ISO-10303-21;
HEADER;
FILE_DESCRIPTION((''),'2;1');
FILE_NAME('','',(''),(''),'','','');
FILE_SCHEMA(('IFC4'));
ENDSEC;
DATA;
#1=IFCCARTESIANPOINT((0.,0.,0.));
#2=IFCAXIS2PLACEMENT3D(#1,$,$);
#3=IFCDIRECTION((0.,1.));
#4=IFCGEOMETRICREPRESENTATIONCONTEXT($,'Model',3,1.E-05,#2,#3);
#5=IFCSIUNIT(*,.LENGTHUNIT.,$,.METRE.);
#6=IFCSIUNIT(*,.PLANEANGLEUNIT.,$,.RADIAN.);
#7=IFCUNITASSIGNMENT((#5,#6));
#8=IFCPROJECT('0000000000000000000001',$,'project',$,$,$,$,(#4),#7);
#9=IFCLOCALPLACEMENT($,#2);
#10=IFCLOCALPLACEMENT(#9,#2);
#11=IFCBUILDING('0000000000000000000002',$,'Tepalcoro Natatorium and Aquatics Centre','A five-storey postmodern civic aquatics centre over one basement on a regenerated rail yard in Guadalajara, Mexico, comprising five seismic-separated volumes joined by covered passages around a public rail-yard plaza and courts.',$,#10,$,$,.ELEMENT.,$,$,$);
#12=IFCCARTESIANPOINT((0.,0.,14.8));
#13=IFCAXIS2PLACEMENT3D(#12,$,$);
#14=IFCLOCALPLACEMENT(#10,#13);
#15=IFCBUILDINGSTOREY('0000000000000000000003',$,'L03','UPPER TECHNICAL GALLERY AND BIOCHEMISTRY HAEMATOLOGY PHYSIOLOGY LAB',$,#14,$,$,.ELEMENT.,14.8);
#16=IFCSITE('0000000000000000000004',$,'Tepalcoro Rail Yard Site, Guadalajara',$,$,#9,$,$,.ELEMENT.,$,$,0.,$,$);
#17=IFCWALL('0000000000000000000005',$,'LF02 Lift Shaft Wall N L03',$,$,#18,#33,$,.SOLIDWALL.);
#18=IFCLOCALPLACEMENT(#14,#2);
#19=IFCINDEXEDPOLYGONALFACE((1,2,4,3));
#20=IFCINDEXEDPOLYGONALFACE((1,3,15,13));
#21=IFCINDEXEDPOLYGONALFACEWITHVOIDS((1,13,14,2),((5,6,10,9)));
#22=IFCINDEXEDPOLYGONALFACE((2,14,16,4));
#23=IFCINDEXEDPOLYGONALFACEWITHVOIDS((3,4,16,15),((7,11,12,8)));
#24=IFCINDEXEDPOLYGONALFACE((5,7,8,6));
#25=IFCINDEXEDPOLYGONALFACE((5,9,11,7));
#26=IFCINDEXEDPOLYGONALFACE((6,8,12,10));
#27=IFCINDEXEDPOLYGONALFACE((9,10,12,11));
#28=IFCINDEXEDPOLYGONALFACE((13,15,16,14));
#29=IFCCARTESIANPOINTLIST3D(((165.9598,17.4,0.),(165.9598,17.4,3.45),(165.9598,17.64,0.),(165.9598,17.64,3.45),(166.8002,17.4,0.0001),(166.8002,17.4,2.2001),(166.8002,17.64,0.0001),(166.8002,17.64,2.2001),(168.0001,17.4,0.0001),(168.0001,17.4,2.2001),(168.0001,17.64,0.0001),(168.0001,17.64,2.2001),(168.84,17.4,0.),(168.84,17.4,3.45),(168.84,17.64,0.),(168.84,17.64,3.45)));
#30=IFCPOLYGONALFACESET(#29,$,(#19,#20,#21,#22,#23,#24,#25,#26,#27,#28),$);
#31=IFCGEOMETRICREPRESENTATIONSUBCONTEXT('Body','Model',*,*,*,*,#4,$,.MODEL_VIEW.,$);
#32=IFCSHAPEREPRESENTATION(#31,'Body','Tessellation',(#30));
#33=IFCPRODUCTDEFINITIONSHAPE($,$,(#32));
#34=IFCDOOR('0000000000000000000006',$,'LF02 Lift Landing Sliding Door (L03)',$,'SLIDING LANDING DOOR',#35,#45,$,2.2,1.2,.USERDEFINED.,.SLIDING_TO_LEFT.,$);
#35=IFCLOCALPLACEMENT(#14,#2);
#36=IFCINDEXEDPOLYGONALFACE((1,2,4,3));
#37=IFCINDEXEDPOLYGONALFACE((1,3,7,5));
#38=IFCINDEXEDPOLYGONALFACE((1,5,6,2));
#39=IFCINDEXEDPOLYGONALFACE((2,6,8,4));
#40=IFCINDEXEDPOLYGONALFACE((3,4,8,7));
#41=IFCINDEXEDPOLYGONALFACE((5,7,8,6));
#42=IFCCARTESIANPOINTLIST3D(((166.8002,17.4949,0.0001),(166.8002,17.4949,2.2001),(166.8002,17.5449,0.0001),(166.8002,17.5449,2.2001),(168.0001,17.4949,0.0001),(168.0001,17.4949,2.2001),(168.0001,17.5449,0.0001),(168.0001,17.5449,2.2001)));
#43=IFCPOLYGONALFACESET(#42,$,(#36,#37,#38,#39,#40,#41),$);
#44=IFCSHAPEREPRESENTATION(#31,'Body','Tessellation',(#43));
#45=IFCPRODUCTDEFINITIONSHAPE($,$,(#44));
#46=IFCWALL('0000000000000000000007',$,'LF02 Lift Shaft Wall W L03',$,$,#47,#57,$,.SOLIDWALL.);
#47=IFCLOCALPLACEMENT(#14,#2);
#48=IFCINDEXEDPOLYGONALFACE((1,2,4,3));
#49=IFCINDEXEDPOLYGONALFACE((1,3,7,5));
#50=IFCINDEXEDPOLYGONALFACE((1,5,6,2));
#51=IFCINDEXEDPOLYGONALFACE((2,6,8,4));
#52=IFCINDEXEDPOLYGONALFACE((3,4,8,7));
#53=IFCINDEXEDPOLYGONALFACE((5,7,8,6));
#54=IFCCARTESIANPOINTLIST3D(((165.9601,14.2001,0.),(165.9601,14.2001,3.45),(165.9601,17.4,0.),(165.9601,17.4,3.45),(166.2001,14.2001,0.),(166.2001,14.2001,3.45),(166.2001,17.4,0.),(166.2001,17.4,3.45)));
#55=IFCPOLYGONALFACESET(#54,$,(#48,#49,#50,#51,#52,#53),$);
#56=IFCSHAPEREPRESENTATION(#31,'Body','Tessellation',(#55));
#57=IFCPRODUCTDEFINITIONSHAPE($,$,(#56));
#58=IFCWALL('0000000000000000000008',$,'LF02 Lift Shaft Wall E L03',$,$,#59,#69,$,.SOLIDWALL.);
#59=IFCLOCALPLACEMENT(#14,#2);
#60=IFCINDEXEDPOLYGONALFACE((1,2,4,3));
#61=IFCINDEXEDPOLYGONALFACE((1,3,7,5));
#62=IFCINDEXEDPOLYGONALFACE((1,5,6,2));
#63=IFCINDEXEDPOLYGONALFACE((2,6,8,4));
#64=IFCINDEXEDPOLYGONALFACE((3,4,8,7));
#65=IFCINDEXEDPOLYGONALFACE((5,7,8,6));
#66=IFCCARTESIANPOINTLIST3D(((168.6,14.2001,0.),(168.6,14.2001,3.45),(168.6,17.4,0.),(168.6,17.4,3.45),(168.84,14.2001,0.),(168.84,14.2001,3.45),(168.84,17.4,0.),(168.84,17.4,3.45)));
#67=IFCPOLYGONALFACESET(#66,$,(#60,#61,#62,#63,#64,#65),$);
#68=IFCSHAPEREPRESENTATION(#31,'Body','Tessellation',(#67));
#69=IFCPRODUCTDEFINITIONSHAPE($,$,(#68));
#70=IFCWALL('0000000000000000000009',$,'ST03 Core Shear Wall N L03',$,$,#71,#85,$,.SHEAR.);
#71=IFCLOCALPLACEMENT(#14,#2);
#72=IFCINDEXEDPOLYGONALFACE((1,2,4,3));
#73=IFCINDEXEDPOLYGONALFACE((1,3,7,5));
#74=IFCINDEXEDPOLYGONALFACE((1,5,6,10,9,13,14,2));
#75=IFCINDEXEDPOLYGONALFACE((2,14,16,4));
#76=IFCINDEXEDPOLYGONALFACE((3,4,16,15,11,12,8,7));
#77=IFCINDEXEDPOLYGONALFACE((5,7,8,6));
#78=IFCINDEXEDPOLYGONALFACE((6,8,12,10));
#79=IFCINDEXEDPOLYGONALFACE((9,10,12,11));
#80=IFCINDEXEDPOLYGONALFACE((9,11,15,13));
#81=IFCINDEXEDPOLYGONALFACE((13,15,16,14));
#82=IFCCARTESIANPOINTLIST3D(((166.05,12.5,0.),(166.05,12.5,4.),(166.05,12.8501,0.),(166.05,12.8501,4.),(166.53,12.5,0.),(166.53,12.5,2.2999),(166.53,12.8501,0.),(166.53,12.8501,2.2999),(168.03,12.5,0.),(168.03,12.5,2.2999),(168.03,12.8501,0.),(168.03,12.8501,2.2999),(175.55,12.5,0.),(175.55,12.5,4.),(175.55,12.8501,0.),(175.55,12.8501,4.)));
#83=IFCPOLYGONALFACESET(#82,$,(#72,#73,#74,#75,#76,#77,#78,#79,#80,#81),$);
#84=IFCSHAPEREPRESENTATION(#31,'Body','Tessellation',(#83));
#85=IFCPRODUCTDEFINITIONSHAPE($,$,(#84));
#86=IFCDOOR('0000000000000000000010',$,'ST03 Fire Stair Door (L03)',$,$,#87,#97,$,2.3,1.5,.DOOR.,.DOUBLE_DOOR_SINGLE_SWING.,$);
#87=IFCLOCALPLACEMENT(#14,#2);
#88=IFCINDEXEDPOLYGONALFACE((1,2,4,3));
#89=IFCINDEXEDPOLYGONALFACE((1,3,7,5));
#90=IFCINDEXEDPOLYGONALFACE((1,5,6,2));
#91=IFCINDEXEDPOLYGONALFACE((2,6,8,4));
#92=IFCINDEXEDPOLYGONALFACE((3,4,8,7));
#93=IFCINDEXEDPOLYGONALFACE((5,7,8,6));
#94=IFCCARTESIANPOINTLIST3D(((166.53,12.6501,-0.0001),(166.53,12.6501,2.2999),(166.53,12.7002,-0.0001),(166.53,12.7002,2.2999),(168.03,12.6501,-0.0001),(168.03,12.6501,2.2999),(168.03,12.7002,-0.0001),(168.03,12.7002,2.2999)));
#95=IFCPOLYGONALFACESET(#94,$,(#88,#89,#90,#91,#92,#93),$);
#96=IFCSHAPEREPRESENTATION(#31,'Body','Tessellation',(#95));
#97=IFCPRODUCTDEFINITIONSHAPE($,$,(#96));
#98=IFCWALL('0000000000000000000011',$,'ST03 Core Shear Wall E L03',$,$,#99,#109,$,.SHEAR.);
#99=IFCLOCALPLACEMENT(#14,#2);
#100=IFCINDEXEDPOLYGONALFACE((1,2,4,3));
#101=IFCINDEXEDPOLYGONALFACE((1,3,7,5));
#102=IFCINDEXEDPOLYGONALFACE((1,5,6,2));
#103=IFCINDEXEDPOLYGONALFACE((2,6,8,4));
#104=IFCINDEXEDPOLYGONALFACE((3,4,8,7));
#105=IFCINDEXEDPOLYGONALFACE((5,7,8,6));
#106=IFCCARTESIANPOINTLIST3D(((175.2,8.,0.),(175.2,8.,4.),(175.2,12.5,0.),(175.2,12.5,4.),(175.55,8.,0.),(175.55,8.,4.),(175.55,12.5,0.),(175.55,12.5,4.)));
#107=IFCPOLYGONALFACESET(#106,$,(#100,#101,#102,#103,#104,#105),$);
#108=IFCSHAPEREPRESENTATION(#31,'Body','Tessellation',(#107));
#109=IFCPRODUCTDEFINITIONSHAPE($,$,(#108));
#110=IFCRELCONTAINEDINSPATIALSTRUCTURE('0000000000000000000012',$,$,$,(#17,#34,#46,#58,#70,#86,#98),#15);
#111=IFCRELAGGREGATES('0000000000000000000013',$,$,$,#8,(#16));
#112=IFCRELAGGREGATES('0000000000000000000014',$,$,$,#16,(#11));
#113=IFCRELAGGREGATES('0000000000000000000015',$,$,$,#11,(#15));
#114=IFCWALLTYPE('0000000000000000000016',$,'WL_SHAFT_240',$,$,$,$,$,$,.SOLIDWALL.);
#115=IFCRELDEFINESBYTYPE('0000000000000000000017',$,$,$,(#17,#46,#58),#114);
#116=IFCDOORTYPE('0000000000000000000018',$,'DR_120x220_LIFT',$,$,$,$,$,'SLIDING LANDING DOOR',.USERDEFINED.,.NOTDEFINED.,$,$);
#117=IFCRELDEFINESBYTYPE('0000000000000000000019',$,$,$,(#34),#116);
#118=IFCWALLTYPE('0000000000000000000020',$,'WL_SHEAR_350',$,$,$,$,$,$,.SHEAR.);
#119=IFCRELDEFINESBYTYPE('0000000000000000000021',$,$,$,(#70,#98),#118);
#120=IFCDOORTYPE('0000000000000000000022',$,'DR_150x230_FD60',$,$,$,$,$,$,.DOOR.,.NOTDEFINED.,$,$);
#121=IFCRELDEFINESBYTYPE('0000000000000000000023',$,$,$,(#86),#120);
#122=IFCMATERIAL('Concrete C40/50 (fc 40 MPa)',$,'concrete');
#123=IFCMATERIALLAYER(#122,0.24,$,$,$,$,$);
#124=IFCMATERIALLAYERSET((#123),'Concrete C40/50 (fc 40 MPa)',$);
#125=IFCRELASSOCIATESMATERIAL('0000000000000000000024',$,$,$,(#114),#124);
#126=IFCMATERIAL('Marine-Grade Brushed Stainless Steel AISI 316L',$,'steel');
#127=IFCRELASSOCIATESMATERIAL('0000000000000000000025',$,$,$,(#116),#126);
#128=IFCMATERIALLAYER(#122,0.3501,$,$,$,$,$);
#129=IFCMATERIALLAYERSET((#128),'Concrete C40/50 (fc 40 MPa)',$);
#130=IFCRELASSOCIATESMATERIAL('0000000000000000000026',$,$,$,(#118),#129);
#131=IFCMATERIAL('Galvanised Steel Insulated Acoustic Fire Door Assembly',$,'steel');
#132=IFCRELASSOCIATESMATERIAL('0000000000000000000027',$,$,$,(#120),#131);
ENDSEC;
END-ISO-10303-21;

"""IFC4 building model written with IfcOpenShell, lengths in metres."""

from ifc_helpers import new_model, si_unit, direction, frame, frame_2d, origin, place, context, subcontext, project, spatial, rectangle, extrude, material, layer, layer_set, type_object, element, fill, save


model = new_model("IFC4")

# Units and contexts
model_context = context("Model", 3, precision=1e-05, world=origin(), true_north=direction((0.0, 1.0)))
body_context = subcontext(model_context, "Body", "Model", "MODEL_VIEW")
ifc_project = project(units=[si_unit("LENGTHUNIT", "METRE"), si_unit("PLANEANGLEUNIT", "RADIAN")], contexts=[model_context])

# Site, building, storey
site_placement = place(None, origin())
site = spatial("IfcSite", under=ifc_project, at=site_placement, Name="Tepalcoro Rail Yard Site, Guadalajara", CompositionType="ELEMENT", RefElevation=0.0)
building_placement = place(site_placement, origin())
building = spatial("IfcBuilding", under=site, at=building_placement, Name="Tepalcoro Natatorium and Aquatics Centre", Description="A five-storey postmodern civic aquatics centre over one basement on a regenerated rail yard in Guadalajara, Mexico, comprising five seismic-separated volumes joined by covered passages around a public rail-yard plaza and courts.", CompositionType="ELEMENT")
storey_placement = place(building_placement, frame((0.0, 0.0, 14.8)))
storey = spatial("IfcBuildingStorey", under=building, at=storey_placement, Name="L03", Description="UPPER TECHNICAL GALLERY AND BIOCHEMISTRY HAEMATOLOGY PHYSIOLOGY LAB", CompositionType="ELEMENT", Elevation=14.8)

# Shared definitions
ifc_material_1 = material(Name="Concrete C40/50 (fc 40 MPa)", Category="concrete")
ifc_layer_1 = layer(ifc_material_1, 0.24)
ifc_layer_set_1 = layer_set([ifc_layer_1], Name="Concrete C40/50 (fc 40 MPa)")
wall_type_1 = type_object("IfcWallType", Name="WL_SHAFT_240", PredefinedType="SOLIDWALL", material=ifc_layer_set_1)

# Wall, opening, door
wall_1_placement = place(storey_placement, frame((165.96, 17.52, 0.0), z_axis=(0.0, 0.0, 1.0), x_axis=(1.0, 0.0, 0.0)))
wall_1 = element("IfcWall", 1, at=wall_1_placement, inside=storey, type_object=wall_type_1, Name="LF02 Lift Shaft Wall N L03", PredefinedType="SOLIDWALL", context=body_context, shape_type="SweptSolid", body=[
    extrude(rectangle(XDim=2.8801, YDim=0.24, at=frame_2d((1.4399, 0.0))), origin(), (0.0, 0.0, 1.0), 3.45),
])
opening_1_placement = place(wall_1_placement, frame((0.8401, 0.0, 0.0)))
opening_1 = element("IfcOpeningElement", 2, at=opening_1_placement, cuts=wall_1, PredefinedType="OPENING", context=body_context, shape_type="SweptSolid", body=[
    extrude(rectangle(XDim=1.2, YDim=2.2, at=frame_2d((0.6001, 1.1001))), frame((0.0, 0.1318, 0.0), z_axis=(0.0, -1.0, 0.0), x_axis=(1.0, 0.0, 0.0)), (0.0, 0.0, 1.0), 0.2639),
])
ifc_material_2 = material(Name="Marine-Grade Brushed Stainless Steel AISI 316L", Category="steel")
door_type_1 = type_object("IfcDoorType", Name="DR_120x220_LIFT", ElementType="SLIDING LANDING DOOR", OperationType="NOTDEFINED", PredefinedType="USERDEFINED", material=ifc_material_2)
door_1_placement = place(opening_1_placement, origin())
door_1 = element("IfcDoor", 3, at=door_1_placement, inside=storey, type_object=door_type_1, Name="LF02 Lift Landing Sliding Door (L03)", ObjectType="SLIDING LANDING DOOR", OperationType="SLIDING_TO_LEFT", OverallHeight=2.2, OverallWidth=1.2, PredefinedType="USERDEFINED", context=body_context, shape_type="SweptSolid", body=[
    extrude(rectangle(XDim=1.2, YDim=2.2, at=frame_2d((0.6001, 1.1001))), frame((0.0, 0.0249, 0.0), z_axis=(0.0, -1.0, 0.0), x_axis=(1.0, 0.0, 0.0)), (0.0, 0.0, 1.0), 0.05),
])
fill(opening_1, door_1)

# Walls
for number, where, z_axis, x_axis, name in (
    (4, (166.0801, 14.2, 0.0), (0.0, 0.0, 1.0), (0.0, 1.0, 0.0), "LF02 Lift Shaft Wall W L03"),
    (5, (168.72, 14.2, 0.0), (0.0, 0.0, 1.0), (0.0, 1.0, 0.0), "LF02 Lift Shaft Wall E L03"),
):
    element("IfcWall", number, at=place(storey_placement, frame(where, z_axis=z_axis, x_axis=x_axis)), inside=storey, type_object=wall_type_1, Name=name, PredefinedType="SOLIDWALL", context=body_context, shape_type="SweptSolid", body=[
        extrude(rectangle(XDim=3.2, YDim=0.24, at=frame_2d((1.6001, 0.0))), origin(), (0.0, 0.0, 1.0), 3.45),
    ])

# Wall, opening, door
ifc_layer_2 = layer(ifc_material_1, 0.3501)
ifc_layer_set_2 = layer_set([ifc_layer_2], Name="Concrete C40/50 (fc 40 MPa)")
wall_type_2 = type_object("IfcWallType", Name="WL_SHEAR_350", PredefinedType="SHEAR", material=ifc_layer_set_2)
wall_2_placement = place(storey_placement, frame((166.05, 12.675, 0.0), z_axis=(0.0, 0.0, 1.0), x_axis=(1.0, 0.0, 0.0)))
wall_2 = element("IfcWall", 6, at=wall_2_placement, inside=storey, type_object=wall_type_2, Name="ST03 Core Shear Wall N L03", PredefinedType="SHEAR", context=body_context, shape_type="SweptSolid", body=[
    extrude(rectangle(XDim=9.5, YDim=0.3501, at=frame_2d((4.75, 0.0))), origin(), (0.0, 0.0, 1.0), 4.0),
])
opening_2_placement = place(wall_2_placement, frame((0.48, 0.0, 0.0)))
opening_2 = element("IfcOpeningElement", 7, at=opening_2_placement, cuts=wall_2, PredefinedType="OPENING", context=body_context, shape_type="SweptSolid", body=[
    extrude(rectangle(XDim=1.5, YDim=2.3, at=frame_2d((0.75, 1.1499))), frame((0.0, 0.187, 0.0), z_axis=(0.0, -1.0, 0.0), x_axis=(1.0, 0.0, 0.0)), (0.0, 0.0, 1.0), 0.374),
])
ifc_material_3 = material(Name="Galvanised Steel Insulated Acoustic Fire Door Assembly", Category="steel")
door_type_2 = type_object("IfcDoorType", Name="DR_150x230_FD60", OperationType="NOTDEFINED", PredefinedType="DOOR", material=ifc_material_3)
door_2_placement = place(opening_2_placement, frame((1.5, 0.0, 0.0), z_axis=(0.0, 0.0, 1.0), x_axis=(-1.0, 0.0, 0.0)))
door_2 = element("IfcDoor", 8, at=door_2_placement, inside=storey, type_object=door_type_2, Name="ST03 Fire Stair Door (L03)", OperationType="DOUBLE_DOOR_SINGLE_SWING", OverallHeight=2.3, OverallWidth=1.5, PredefinedType="DOOR", context=body_context, shape_type="SweptSolid", body=[
    extrude(rectangle(XDim=1.5, YDim=2.3, at=frame_2d((0.75, 1.1499))), frame((0.0, 0.0249, 0.0), z_axis=(0.0, -1.0, 0.0), x_axis=(1.0, 0.0, 0.0)), (0.0, 0.0, 1.0), 0.05),
])
fill(opening_2, door_2)

# Wall
wall_3_placement = place(storey_placement, frame((175.375, 8.0, 0.0), z_axis=(0.0, 0.0, 1.0), x_axis=(0.0, 1.0, 0.0)))
element("IfcWall", 9, at=wall_3_placement, inside=storey, type_object=wall_type_2, Name="ST03 Core Shear Wall E L03", PredefinedType="SHEAR", context=body_context, shape_type="SweptSolid", body=[
    extrude(rectangle(XDim=4.5, YDim=0.3501, at=frame_2d((2.25, 0.0))), origin(), (0.0, 0.0, 1.0), 4.0),
])

save(model, "model.ifc")
